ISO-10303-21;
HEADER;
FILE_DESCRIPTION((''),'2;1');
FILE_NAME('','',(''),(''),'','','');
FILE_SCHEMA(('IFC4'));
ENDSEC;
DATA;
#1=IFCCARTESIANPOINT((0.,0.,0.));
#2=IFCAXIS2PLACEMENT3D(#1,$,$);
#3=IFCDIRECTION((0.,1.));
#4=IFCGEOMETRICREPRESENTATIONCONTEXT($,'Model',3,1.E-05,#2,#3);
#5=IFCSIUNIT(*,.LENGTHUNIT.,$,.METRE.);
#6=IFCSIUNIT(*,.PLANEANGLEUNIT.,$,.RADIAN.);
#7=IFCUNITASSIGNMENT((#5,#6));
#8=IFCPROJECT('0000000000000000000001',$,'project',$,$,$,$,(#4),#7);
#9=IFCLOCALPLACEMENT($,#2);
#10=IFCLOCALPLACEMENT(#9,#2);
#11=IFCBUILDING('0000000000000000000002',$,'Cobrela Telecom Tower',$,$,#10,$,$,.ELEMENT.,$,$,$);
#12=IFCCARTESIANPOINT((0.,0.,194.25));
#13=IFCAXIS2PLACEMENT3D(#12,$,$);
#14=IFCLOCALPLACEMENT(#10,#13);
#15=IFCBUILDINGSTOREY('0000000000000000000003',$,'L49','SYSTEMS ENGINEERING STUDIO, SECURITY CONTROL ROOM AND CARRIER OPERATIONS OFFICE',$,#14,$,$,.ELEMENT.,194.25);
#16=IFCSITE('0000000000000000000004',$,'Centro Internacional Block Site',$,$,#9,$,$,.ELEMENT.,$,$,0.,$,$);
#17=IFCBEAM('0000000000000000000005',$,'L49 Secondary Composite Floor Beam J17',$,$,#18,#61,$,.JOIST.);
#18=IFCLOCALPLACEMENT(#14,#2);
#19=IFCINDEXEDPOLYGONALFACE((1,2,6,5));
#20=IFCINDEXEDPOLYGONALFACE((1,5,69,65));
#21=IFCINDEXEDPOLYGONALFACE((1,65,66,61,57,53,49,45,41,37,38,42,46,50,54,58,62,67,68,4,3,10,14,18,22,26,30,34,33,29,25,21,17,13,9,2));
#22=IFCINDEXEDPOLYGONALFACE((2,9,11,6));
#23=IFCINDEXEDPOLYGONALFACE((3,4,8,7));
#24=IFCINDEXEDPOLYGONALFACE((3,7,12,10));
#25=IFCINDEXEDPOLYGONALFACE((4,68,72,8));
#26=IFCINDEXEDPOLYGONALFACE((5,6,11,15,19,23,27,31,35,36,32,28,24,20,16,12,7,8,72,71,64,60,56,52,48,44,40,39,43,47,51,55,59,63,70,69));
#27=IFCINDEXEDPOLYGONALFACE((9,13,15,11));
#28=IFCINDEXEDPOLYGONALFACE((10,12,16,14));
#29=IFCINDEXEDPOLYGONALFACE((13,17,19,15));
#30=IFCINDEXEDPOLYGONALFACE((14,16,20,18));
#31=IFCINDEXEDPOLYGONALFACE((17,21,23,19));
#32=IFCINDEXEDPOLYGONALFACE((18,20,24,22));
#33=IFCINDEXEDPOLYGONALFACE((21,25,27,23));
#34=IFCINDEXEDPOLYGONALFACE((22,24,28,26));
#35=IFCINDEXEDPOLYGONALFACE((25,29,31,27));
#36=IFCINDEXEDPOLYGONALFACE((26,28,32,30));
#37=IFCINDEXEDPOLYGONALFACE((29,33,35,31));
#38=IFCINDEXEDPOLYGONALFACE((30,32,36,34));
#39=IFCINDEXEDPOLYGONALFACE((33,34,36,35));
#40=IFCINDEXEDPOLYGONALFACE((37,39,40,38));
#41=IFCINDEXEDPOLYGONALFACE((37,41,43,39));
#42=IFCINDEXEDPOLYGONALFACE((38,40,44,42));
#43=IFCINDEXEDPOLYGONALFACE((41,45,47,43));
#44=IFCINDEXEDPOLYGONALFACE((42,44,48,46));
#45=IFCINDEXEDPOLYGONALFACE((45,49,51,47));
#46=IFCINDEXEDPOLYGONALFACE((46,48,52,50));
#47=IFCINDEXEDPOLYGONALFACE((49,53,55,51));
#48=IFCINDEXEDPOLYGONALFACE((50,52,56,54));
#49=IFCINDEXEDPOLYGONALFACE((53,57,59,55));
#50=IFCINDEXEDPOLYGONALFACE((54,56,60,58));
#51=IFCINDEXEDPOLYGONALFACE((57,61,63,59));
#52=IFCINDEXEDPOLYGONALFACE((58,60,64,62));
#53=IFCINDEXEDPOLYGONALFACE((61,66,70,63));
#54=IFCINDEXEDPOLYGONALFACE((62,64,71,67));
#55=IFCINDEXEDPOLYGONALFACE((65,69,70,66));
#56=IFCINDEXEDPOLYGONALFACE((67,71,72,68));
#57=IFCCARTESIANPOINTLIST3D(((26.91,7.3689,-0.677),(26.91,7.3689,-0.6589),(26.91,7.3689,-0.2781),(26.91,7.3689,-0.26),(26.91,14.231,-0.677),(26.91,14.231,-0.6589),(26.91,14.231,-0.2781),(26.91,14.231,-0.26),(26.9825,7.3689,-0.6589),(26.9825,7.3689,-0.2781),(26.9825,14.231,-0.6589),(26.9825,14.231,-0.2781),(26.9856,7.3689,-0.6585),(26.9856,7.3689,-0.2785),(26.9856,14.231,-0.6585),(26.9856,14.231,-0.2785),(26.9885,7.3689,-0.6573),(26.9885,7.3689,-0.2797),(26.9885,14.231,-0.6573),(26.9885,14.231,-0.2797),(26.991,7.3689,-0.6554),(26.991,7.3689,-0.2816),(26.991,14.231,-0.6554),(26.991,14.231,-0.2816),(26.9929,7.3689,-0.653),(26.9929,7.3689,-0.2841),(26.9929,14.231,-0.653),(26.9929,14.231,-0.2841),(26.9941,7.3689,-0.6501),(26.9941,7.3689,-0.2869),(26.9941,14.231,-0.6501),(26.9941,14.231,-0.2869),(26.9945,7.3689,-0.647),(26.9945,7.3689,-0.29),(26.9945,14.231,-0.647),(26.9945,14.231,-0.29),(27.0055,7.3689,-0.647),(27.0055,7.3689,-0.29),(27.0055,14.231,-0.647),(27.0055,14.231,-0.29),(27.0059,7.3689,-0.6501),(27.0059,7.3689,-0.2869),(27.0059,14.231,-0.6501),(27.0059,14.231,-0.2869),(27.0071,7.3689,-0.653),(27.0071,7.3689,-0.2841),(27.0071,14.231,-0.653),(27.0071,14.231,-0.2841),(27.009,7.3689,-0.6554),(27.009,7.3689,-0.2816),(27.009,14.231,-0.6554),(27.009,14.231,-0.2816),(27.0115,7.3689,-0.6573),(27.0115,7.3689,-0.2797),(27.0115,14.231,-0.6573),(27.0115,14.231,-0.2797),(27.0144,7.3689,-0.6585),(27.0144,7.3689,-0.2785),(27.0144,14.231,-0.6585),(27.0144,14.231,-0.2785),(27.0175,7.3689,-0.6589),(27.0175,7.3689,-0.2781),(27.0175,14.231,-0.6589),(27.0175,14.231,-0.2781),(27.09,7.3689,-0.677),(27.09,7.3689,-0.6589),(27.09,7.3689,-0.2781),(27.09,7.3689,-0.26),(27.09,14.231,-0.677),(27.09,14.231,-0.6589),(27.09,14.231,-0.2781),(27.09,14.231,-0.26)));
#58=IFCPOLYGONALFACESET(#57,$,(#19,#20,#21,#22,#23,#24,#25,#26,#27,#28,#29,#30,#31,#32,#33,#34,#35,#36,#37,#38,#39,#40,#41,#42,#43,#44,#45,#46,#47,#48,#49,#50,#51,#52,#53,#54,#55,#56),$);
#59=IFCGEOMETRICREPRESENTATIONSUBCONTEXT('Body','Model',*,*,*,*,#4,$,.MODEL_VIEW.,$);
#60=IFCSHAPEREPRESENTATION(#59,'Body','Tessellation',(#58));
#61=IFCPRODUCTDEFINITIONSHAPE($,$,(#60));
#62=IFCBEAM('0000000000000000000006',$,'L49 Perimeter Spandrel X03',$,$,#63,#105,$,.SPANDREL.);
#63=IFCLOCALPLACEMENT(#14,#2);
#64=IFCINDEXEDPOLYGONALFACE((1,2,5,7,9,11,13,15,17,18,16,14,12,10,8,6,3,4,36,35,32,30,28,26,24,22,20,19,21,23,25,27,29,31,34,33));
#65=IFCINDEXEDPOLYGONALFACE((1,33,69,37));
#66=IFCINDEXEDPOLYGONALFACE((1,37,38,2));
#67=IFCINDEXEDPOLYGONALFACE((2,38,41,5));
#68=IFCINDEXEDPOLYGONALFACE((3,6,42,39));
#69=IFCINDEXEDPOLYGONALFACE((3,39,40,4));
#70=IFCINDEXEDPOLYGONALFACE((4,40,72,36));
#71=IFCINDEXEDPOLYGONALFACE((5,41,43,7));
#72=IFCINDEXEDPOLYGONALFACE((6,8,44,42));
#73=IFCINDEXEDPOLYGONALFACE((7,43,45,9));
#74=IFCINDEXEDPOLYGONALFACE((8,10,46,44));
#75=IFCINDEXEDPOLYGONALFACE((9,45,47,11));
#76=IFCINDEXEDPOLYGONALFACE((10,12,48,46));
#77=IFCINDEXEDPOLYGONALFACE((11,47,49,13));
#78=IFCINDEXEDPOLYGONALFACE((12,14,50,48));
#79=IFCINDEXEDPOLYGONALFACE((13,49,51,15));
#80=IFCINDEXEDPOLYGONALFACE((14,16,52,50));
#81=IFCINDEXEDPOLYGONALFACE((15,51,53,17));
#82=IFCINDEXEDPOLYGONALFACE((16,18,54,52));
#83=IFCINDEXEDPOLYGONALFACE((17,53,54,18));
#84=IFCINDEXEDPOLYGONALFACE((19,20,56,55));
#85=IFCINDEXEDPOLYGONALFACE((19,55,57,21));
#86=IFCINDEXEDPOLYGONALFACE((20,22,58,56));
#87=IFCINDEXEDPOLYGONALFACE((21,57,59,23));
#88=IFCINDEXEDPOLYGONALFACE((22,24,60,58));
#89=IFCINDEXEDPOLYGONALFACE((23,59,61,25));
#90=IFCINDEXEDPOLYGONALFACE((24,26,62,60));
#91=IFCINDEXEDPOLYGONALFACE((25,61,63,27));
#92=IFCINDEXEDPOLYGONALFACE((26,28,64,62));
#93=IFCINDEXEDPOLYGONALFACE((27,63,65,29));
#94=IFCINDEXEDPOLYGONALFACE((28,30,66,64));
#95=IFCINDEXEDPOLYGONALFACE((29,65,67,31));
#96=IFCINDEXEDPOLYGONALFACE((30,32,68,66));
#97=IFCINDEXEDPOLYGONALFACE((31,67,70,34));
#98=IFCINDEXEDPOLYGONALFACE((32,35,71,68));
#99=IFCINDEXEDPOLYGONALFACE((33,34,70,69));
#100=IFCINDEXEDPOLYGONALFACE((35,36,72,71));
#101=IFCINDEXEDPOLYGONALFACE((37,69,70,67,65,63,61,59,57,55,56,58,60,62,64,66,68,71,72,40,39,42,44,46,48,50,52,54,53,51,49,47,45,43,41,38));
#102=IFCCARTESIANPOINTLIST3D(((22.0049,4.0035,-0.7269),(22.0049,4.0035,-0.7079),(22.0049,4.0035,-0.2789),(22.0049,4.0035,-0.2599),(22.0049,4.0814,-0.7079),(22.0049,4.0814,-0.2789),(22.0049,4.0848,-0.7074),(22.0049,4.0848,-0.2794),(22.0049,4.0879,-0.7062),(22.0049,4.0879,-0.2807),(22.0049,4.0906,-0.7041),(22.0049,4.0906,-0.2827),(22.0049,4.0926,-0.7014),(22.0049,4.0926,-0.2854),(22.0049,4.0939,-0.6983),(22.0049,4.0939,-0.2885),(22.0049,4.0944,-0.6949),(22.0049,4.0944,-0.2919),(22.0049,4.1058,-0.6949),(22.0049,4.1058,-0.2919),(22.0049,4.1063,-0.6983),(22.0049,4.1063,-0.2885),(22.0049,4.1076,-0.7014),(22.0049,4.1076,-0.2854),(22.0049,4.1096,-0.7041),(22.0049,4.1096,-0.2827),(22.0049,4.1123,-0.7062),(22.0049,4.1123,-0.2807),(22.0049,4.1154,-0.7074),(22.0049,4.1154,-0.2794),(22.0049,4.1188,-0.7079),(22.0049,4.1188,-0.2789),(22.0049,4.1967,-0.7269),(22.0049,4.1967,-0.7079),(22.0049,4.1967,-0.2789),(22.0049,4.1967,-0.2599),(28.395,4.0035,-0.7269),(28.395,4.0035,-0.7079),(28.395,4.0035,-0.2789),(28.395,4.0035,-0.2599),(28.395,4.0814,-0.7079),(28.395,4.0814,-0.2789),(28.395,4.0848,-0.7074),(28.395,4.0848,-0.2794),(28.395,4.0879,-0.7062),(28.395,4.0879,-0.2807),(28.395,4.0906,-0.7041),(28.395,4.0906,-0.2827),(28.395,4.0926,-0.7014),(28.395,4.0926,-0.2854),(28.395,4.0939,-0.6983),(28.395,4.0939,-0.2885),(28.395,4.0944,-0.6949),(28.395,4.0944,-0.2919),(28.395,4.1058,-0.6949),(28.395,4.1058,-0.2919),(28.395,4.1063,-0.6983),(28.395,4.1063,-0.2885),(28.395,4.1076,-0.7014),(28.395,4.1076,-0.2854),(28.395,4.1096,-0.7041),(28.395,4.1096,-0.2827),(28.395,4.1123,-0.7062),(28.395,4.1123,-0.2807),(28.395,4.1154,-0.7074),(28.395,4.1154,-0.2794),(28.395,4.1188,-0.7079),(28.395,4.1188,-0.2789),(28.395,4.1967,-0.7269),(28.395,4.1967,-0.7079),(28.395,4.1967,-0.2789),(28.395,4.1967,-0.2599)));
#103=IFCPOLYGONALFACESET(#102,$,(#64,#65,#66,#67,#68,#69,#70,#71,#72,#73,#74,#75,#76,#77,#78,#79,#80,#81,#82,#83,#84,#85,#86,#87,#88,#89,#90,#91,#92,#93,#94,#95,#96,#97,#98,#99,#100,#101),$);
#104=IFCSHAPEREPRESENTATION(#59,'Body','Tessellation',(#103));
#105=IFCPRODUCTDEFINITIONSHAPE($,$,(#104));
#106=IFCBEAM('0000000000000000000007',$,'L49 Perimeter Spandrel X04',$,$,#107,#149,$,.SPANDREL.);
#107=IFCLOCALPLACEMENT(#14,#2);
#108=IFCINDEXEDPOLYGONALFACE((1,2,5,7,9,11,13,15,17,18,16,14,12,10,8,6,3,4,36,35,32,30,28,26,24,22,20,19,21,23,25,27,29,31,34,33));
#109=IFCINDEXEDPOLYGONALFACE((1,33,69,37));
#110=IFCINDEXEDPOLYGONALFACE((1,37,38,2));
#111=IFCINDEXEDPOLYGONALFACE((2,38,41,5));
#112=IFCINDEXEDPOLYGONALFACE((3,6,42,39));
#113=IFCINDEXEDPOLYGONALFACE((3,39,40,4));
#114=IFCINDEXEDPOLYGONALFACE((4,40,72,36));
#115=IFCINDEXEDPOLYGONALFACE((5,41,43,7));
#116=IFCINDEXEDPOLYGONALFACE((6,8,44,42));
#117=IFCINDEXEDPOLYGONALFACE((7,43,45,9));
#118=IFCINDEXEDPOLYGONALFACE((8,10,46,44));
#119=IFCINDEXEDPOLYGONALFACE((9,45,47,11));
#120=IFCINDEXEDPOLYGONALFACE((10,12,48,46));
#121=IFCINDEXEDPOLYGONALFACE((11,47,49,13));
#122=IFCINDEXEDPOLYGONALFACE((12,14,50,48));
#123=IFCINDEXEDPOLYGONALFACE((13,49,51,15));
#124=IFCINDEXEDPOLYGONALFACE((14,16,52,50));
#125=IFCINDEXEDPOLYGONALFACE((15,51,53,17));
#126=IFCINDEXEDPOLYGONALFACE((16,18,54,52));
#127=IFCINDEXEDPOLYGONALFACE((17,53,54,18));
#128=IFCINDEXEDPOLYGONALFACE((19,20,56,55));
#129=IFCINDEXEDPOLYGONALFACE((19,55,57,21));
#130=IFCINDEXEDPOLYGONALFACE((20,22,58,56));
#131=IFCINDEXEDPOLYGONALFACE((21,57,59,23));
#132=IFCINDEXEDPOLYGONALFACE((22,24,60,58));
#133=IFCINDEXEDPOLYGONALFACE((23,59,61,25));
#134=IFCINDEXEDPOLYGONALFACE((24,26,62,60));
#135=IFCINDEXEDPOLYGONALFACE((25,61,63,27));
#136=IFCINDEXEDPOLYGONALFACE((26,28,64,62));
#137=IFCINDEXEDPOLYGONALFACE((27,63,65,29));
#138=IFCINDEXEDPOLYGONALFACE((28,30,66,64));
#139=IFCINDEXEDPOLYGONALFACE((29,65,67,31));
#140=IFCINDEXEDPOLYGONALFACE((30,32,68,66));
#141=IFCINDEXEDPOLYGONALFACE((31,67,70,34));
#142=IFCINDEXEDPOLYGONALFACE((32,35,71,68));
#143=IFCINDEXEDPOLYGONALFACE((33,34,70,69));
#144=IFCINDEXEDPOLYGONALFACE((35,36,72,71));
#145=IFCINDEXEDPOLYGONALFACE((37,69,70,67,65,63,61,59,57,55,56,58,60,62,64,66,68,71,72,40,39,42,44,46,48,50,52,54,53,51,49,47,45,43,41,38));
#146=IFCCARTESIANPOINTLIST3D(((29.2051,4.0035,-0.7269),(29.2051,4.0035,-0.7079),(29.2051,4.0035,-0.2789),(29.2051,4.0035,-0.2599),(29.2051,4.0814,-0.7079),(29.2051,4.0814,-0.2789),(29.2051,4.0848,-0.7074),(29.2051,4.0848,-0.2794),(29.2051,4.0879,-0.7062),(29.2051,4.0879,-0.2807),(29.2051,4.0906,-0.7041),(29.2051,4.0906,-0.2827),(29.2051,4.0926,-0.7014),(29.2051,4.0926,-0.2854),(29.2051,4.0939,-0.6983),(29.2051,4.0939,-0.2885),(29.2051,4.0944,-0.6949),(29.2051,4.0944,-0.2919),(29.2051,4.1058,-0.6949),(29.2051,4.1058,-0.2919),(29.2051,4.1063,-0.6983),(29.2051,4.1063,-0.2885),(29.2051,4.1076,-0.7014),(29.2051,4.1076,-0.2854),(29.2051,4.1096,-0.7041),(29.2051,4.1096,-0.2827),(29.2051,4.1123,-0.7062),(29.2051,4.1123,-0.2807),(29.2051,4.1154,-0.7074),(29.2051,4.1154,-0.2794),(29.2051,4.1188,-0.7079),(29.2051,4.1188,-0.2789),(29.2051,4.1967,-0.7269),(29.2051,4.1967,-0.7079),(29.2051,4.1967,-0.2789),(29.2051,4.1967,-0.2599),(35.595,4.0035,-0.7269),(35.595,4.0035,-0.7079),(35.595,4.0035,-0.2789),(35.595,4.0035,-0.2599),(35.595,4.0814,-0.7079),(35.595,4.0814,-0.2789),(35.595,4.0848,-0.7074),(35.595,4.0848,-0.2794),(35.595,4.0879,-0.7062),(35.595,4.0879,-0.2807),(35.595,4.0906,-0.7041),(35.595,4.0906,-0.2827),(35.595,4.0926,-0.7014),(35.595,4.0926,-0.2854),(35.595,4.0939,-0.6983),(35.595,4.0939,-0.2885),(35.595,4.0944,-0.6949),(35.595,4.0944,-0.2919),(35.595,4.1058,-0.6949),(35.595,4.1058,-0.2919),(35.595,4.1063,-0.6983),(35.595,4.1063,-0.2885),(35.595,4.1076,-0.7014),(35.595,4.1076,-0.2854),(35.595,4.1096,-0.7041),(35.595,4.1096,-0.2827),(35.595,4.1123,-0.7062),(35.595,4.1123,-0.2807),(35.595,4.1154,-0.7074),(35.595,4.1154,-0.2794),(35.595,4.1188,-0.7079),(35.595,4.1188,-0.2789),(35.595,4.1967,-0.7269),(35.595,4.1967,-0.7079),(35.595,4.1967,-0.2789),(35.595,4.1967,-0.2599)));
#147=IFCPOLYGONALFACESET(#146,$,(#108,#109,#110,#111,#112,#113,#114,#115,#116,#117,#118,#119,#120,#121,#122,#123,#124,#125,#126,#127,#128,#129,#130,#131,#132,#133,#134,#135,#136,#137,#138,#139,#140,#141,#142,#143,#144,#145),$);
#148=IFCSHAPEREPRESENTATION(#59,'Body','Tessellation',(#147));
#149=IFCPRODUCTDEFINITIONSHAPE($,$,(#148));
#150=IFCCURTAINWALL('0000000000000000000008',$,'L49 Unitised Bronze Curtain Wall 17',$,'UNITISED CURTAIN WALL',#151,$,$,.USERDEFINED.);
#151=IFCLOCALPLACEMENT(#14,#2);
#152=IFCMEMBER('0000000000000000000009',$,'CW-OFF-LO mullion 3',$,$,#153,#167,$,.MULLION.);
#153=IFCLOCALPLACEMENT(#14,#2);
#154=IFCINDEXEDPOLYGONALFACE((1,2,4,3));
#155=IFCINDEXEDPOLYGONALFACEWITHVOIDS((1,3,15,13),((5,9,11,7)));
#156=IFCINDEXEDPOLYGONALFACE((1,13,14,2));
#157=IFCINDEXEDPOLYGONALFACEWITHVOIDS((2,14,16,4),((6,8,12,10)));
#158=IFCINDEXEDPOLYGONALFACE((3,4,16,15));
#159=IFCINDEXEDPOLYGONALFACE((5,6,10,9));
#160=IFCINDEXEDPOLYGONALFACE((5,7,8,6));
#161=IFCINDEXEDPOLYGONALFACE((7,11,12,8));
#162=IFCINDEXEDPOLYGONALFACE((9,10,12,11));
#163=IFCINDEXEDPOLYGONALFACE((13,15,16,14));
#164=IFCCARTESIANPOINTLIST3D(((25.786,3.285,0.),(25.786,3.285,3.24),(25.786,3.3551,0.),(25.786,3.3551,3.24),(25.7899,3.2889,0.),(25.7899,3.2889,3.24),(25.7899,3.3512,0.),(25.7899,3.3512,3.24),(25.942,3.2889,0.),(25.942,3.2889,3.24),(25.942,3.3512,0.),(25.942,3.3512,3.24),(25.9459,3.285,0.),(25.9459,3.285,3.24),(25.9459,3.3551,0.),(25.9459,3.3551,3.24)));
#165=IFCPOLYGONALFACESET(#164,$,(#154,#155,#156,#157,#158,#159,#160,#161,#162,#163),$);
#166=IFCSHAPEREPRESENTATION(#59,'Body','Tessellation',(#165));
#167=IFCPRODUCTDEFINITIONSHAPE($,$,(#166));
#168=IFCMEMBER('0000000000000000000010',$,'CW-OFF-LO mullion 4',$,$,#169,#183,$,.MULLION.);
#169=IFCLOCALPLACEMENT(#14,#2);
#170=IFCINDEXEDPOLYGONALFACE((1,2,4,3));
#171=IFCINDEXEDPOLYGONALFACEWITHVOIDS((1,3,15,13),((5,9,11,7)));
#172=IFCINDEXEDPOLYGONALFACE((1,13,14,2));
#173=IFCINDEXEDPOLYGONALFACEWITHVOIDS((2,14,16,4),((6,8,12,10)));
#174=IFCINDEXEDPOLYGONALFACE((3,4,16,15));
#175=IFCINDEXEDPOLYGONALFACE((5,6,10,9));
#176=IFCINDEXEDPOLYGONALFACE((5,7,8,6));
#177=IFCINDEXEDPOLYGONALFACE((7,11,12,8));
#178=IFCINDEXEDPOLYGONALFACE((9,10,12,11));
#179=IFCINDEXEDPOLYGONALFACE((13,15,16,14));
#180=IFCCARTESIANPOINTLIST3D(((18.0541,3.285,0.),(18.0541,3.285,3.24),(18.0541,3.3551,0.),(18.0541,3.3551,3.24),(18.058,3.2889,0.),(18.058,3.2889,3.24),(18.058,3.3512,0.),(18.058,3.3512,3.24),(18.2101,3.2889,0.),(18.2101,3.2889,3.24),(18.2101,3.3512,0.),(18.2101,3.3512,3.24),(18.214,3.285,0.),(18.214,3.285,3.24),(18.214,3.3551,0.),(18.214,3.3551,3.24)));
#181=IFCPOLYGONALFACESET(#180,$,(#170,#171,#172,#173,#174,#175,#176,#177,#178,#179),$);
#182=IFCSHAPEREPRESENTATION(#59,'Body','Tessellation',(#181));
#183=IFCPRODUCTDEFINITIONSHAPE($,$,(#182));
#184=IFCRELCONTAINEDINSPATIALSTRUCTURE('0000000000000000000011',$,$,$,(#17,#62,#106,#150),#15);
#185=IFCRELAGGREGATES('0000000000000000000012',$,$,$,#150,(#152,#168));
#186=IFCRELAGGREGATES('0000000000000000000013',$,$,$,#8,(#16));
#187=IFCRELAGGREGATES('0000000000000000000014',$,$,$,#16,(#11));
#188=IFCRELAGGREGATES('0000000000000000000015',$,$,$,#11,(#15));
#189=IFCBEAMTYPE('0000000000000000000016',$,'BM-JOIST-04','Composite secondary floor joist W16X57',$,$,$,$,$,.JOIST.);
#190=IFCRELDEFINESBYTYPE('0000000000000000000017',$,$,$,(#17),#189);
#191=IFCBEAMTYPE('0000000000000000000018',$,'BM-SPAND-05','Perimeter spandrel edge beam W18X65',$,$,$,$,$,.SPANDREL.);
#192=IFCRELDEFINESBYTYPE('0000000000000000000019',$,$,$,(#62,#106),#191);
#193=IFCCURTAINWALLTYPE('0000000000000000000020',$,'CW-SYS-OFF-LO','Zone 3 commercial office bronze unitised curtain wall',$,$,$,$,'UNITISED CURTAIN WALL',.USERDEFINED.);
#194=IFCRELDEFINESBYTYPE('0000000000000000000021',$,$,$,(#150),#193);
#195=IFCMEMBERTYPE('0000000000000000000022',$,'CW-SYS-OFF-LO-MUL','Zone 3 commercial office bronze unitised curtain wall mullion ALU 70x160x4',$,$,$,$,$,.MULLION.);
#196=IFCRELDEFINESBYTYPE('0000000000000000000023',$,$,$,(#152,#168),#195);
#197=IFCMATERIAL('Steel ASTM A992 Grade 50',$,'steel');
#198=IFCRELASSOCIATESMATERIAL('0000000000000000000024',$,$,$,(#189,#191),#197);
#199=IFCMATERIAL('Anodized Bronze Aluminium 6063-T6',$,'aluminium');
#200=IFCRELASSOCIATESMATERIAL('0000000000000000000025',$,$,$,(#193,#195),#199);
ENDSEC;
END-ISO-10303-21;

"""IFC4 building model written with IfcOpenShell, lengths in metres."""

from ifc_helpers import new_model, si_unit, direction, frame, origin, origin_2d, place, context, subcontext, project, spatial, hollow_rectangle, i_section, extrude, material, material_profile, profile_set, type_object, element, aggregate, save


model = new_model("IFC4")

# Units and contexts
model_context = context("Model", 3, precision=1e-05, world=origin(), true_north=direction((0.0, 1.0)))
body_context = subcontext(model_context, "Body", "Model", "MODEL_VIEW")
ifc_project = project(units=[si_unit("LENGTHUNIT", "METRE"), si_unit("PLANEANGLEUNIT", "RADIAN")], contexts=[model_context])

# Site, building, storey
site_placement = place(None, origin())
site = spatial("IfcSite", under=ifc_project, at=site_placement, Name="Centro Internacional Block Site", CompositionType="ELEMENT", RefElevation=0.0)
building_placement = place(site_placement, origin())
building = spatial("IfcBuilding", under=site, at=building_placement, Name="Cobrela Telecom Tower", CompositionType="ELEMENT")
storey_placement = place(building_placement, frame((0.0, 0.0, 194.25)))
storey = spatial("IfcBuildingStorey", under=building, at=storey_placement, Name="L49", Description="SYSTEMS ENGINEERING STUDIO, SECURITY CONTROL ROOM AND CARRIER OPERATIONS OFFICE", CompositionType="ELEMENT", Elevation=194.25)

# Shared definitions
ifc_material_1 = material(Name="Steel ASTM A992 Grade 50", Category="steel")

# Beams
ifc_material_profile_1 = material_profile(ifc_material_1, i_section(OverallWidth=0.1799, OverallDepth=0.417, WebThickness=0.011, FlangeThickness=0.0181, FilletRadius=0.012, at=origin_2d()), Name="W16X57")
ifc_profile_set_1 = profile_set([ifc_material_profile_1], Name="Steel ASTM A992 Grade 50")
beam_type_1 = type_object("IfcBeamType", Name="BM-JOIST-04", Description="Composite secondary floor joist W16X57", PredefinedType="JOIST", material=ifc_profile_set_1)
for number, where, z_axis, x_axis, name in (
    (1, (27.0, 7.3689, -0.4685), (0.0, 1.0, 0.0), (-1.0, 0.0, 0.0), "L49 Secondary Composite Floor Beam J17"),
):
    element("IfcBeam", number, at=place(storey_placement, frame(where, z_axis=z_axis, x_axis=x_axis)), inside=storey, type_object=beam_type_1, Name=name, PredefinedType="JOIST", context=body_context, shape_type="SweptSolid", body=[
        extrude(i_section(OverallWidth=0.1799, OverallDepth=0.417, WebThickness=0.011, FlangeThickness=0.0181, FilletRadius=0.012, at=origin_2d()), origin(), (0.0, 0.0, 1.0), 6.8621),
    ])
ifc_material_profile_2 = material_profile(ifc_material_1, i_section(OverallWidth=0.1931, OverallDepth=0.467, WebThickness=0.0115, FlangeThickness=0.019, FilletRadius=0.0129, at=origin_2d()), Name="W18X65")
ifc_profile_set_2 = profile_set([ifc_material_profile_2], Name="Steel ASTM A992 Grade 50")
beam_type_2 = type_object("IfcBeamType", Name="BM-SPAND-05", Description="Perimeter spandrel edge beam W18X65", PredefinedType="SPANDREL", material=ifc_profile_set_2)
beam_1_placement = place(storey_placement, frame((22.0049, 4.1001, -0.4934), z_axis=(1.0, 0.0, 0.0), x_axis=(0.0, 1.0, 0.0)))
element("IfcBeam", 2, at=beam_1_placement, inside=storey, type_object=beam_type_2, Name="L49 Perimeter Spandrel X03", PredefinedType="SPANDREL", context=body_context, shape_type="SweptSolid", body=[
    extrude(i_section(OverallWidth=0.1931, OverallDepth=0.467, WebThickness=0.0115, FlangeThickness=0.019, FilletRadius=0.0129, at=origin_2d()), origin(), (0.0, 0.0, 1.0), 6.3901),
])
beam_2_placement = place(storey_placement, frame((29.2051, 4.1001, -0.4934), z_axis=(1.0, 0.0, 0.0), x_axis=(0.0, 1.0, 0.0)))
element("IfcBeam", 3, at=beam_2_placement, inside=storey, type_object=beam_type_2, Name="L49 Perimeter Spandrel X04", PredefinedType="SPANDREL", context=body_context, shape_type="SweptSolid", body=[
    extrude(i_section(OverallWidth=0.1931, OverallDepth=0.467, WebThickness=0.0115, FlangeThickness=0.019, FilletRadius=0.0129, at=origin_2d()), origin(), (0.0, 0.0, 1.0), 6.3899),
])

# Curtain wall, members
ifc_material_2 = material(Name="Anodized Bronze Aluminium 6063-T6", Category="aluminium")
curtain_wall_type = type_object("IfcCurtainWallType", Name="CW-SYS-OFF-LO", Description="Zone 3 commercial office bronze unitised curtain wall", ElementType="UNITISED CURTAIN WALL", PredefinedType="USERDEFINED", material=ifc_material_2)
curtain_wall_placement = place(storey_placement, origin())
curtain_wall = element("IfcCurtainWall", 4, at=curtain_wall_placement, inside=storey, type_object=curtain_wall_type, Name="L49 Unitised Bronze Curtain Wall 17", ObjectType="UNITISED CURTAIN WALL", PredefinedType="USERDEFINED")
ifc_material_profile_3 = material_profile(ifc_material_2, hollow_rectangle(XDim=0.0701, YDim=0.1599, WallThickness=0.0039, at=origin_2d()), Name="ALU 70x160x4")
ifc_profile_set_3 = profile_set([ifc_material_profile_3], Name="Anodized Bronze Aluminium 6063-T6")
member_type_1 = type_object("IfcMemberType", Name="CW-SYS-OFF-LO-MUL", Description="Zone 3 commercial office bronze unitised curtain wall mullion ALU 70x160x4", PredefinedType="MULLION", material=ifc_profile_set_3)
member_1_placement = place(storey_placement, frame((25.866, 3.3201, 0.0), z_axis=(0.0, 0.0, 1.0), x_axis=(0.0, -1.0, 0.0)))
member_1 = element("IfcMember", 5, at=member_1_placement, type_object=member_type_1, Name="CW-OFF-LO mullion 3", PredefinedType="MULLION", context=body_context, shape_type="SweptSolid", body=[
    extrude(hollow_rectangle(XDim=0.0701, YDim=0.1599, WallThickness=0.0039, at=origin_2d()), origin(), (0.0, 0.0, 1.0), 3.24),
])
member_2_placement = place(storey_placement, frame((18.134, 3.3201, 0.0), z_axis=(0.0, 0.0, 1.0), x_axis=(0.0, -1.0, 0.0)))
member_2 = element("IfcMember", 6, at=member_2_placement, type_object=member_type_1, Name="CW-OFF-LO mullion 4", PredefinedType="MULLION", context=body_context, shape_type="SweptSolid", body=[
    extrude(hollow_rectangle(XDim=0.0701, YDim=0.1599, WallThickness=0.0039, at=origin_2d()), origin(), (0.0, 0.0, 1.0), 3.24),
])
aggregate(curtain_wall, [member_1, member_2])

save(model, "model.ifc")
